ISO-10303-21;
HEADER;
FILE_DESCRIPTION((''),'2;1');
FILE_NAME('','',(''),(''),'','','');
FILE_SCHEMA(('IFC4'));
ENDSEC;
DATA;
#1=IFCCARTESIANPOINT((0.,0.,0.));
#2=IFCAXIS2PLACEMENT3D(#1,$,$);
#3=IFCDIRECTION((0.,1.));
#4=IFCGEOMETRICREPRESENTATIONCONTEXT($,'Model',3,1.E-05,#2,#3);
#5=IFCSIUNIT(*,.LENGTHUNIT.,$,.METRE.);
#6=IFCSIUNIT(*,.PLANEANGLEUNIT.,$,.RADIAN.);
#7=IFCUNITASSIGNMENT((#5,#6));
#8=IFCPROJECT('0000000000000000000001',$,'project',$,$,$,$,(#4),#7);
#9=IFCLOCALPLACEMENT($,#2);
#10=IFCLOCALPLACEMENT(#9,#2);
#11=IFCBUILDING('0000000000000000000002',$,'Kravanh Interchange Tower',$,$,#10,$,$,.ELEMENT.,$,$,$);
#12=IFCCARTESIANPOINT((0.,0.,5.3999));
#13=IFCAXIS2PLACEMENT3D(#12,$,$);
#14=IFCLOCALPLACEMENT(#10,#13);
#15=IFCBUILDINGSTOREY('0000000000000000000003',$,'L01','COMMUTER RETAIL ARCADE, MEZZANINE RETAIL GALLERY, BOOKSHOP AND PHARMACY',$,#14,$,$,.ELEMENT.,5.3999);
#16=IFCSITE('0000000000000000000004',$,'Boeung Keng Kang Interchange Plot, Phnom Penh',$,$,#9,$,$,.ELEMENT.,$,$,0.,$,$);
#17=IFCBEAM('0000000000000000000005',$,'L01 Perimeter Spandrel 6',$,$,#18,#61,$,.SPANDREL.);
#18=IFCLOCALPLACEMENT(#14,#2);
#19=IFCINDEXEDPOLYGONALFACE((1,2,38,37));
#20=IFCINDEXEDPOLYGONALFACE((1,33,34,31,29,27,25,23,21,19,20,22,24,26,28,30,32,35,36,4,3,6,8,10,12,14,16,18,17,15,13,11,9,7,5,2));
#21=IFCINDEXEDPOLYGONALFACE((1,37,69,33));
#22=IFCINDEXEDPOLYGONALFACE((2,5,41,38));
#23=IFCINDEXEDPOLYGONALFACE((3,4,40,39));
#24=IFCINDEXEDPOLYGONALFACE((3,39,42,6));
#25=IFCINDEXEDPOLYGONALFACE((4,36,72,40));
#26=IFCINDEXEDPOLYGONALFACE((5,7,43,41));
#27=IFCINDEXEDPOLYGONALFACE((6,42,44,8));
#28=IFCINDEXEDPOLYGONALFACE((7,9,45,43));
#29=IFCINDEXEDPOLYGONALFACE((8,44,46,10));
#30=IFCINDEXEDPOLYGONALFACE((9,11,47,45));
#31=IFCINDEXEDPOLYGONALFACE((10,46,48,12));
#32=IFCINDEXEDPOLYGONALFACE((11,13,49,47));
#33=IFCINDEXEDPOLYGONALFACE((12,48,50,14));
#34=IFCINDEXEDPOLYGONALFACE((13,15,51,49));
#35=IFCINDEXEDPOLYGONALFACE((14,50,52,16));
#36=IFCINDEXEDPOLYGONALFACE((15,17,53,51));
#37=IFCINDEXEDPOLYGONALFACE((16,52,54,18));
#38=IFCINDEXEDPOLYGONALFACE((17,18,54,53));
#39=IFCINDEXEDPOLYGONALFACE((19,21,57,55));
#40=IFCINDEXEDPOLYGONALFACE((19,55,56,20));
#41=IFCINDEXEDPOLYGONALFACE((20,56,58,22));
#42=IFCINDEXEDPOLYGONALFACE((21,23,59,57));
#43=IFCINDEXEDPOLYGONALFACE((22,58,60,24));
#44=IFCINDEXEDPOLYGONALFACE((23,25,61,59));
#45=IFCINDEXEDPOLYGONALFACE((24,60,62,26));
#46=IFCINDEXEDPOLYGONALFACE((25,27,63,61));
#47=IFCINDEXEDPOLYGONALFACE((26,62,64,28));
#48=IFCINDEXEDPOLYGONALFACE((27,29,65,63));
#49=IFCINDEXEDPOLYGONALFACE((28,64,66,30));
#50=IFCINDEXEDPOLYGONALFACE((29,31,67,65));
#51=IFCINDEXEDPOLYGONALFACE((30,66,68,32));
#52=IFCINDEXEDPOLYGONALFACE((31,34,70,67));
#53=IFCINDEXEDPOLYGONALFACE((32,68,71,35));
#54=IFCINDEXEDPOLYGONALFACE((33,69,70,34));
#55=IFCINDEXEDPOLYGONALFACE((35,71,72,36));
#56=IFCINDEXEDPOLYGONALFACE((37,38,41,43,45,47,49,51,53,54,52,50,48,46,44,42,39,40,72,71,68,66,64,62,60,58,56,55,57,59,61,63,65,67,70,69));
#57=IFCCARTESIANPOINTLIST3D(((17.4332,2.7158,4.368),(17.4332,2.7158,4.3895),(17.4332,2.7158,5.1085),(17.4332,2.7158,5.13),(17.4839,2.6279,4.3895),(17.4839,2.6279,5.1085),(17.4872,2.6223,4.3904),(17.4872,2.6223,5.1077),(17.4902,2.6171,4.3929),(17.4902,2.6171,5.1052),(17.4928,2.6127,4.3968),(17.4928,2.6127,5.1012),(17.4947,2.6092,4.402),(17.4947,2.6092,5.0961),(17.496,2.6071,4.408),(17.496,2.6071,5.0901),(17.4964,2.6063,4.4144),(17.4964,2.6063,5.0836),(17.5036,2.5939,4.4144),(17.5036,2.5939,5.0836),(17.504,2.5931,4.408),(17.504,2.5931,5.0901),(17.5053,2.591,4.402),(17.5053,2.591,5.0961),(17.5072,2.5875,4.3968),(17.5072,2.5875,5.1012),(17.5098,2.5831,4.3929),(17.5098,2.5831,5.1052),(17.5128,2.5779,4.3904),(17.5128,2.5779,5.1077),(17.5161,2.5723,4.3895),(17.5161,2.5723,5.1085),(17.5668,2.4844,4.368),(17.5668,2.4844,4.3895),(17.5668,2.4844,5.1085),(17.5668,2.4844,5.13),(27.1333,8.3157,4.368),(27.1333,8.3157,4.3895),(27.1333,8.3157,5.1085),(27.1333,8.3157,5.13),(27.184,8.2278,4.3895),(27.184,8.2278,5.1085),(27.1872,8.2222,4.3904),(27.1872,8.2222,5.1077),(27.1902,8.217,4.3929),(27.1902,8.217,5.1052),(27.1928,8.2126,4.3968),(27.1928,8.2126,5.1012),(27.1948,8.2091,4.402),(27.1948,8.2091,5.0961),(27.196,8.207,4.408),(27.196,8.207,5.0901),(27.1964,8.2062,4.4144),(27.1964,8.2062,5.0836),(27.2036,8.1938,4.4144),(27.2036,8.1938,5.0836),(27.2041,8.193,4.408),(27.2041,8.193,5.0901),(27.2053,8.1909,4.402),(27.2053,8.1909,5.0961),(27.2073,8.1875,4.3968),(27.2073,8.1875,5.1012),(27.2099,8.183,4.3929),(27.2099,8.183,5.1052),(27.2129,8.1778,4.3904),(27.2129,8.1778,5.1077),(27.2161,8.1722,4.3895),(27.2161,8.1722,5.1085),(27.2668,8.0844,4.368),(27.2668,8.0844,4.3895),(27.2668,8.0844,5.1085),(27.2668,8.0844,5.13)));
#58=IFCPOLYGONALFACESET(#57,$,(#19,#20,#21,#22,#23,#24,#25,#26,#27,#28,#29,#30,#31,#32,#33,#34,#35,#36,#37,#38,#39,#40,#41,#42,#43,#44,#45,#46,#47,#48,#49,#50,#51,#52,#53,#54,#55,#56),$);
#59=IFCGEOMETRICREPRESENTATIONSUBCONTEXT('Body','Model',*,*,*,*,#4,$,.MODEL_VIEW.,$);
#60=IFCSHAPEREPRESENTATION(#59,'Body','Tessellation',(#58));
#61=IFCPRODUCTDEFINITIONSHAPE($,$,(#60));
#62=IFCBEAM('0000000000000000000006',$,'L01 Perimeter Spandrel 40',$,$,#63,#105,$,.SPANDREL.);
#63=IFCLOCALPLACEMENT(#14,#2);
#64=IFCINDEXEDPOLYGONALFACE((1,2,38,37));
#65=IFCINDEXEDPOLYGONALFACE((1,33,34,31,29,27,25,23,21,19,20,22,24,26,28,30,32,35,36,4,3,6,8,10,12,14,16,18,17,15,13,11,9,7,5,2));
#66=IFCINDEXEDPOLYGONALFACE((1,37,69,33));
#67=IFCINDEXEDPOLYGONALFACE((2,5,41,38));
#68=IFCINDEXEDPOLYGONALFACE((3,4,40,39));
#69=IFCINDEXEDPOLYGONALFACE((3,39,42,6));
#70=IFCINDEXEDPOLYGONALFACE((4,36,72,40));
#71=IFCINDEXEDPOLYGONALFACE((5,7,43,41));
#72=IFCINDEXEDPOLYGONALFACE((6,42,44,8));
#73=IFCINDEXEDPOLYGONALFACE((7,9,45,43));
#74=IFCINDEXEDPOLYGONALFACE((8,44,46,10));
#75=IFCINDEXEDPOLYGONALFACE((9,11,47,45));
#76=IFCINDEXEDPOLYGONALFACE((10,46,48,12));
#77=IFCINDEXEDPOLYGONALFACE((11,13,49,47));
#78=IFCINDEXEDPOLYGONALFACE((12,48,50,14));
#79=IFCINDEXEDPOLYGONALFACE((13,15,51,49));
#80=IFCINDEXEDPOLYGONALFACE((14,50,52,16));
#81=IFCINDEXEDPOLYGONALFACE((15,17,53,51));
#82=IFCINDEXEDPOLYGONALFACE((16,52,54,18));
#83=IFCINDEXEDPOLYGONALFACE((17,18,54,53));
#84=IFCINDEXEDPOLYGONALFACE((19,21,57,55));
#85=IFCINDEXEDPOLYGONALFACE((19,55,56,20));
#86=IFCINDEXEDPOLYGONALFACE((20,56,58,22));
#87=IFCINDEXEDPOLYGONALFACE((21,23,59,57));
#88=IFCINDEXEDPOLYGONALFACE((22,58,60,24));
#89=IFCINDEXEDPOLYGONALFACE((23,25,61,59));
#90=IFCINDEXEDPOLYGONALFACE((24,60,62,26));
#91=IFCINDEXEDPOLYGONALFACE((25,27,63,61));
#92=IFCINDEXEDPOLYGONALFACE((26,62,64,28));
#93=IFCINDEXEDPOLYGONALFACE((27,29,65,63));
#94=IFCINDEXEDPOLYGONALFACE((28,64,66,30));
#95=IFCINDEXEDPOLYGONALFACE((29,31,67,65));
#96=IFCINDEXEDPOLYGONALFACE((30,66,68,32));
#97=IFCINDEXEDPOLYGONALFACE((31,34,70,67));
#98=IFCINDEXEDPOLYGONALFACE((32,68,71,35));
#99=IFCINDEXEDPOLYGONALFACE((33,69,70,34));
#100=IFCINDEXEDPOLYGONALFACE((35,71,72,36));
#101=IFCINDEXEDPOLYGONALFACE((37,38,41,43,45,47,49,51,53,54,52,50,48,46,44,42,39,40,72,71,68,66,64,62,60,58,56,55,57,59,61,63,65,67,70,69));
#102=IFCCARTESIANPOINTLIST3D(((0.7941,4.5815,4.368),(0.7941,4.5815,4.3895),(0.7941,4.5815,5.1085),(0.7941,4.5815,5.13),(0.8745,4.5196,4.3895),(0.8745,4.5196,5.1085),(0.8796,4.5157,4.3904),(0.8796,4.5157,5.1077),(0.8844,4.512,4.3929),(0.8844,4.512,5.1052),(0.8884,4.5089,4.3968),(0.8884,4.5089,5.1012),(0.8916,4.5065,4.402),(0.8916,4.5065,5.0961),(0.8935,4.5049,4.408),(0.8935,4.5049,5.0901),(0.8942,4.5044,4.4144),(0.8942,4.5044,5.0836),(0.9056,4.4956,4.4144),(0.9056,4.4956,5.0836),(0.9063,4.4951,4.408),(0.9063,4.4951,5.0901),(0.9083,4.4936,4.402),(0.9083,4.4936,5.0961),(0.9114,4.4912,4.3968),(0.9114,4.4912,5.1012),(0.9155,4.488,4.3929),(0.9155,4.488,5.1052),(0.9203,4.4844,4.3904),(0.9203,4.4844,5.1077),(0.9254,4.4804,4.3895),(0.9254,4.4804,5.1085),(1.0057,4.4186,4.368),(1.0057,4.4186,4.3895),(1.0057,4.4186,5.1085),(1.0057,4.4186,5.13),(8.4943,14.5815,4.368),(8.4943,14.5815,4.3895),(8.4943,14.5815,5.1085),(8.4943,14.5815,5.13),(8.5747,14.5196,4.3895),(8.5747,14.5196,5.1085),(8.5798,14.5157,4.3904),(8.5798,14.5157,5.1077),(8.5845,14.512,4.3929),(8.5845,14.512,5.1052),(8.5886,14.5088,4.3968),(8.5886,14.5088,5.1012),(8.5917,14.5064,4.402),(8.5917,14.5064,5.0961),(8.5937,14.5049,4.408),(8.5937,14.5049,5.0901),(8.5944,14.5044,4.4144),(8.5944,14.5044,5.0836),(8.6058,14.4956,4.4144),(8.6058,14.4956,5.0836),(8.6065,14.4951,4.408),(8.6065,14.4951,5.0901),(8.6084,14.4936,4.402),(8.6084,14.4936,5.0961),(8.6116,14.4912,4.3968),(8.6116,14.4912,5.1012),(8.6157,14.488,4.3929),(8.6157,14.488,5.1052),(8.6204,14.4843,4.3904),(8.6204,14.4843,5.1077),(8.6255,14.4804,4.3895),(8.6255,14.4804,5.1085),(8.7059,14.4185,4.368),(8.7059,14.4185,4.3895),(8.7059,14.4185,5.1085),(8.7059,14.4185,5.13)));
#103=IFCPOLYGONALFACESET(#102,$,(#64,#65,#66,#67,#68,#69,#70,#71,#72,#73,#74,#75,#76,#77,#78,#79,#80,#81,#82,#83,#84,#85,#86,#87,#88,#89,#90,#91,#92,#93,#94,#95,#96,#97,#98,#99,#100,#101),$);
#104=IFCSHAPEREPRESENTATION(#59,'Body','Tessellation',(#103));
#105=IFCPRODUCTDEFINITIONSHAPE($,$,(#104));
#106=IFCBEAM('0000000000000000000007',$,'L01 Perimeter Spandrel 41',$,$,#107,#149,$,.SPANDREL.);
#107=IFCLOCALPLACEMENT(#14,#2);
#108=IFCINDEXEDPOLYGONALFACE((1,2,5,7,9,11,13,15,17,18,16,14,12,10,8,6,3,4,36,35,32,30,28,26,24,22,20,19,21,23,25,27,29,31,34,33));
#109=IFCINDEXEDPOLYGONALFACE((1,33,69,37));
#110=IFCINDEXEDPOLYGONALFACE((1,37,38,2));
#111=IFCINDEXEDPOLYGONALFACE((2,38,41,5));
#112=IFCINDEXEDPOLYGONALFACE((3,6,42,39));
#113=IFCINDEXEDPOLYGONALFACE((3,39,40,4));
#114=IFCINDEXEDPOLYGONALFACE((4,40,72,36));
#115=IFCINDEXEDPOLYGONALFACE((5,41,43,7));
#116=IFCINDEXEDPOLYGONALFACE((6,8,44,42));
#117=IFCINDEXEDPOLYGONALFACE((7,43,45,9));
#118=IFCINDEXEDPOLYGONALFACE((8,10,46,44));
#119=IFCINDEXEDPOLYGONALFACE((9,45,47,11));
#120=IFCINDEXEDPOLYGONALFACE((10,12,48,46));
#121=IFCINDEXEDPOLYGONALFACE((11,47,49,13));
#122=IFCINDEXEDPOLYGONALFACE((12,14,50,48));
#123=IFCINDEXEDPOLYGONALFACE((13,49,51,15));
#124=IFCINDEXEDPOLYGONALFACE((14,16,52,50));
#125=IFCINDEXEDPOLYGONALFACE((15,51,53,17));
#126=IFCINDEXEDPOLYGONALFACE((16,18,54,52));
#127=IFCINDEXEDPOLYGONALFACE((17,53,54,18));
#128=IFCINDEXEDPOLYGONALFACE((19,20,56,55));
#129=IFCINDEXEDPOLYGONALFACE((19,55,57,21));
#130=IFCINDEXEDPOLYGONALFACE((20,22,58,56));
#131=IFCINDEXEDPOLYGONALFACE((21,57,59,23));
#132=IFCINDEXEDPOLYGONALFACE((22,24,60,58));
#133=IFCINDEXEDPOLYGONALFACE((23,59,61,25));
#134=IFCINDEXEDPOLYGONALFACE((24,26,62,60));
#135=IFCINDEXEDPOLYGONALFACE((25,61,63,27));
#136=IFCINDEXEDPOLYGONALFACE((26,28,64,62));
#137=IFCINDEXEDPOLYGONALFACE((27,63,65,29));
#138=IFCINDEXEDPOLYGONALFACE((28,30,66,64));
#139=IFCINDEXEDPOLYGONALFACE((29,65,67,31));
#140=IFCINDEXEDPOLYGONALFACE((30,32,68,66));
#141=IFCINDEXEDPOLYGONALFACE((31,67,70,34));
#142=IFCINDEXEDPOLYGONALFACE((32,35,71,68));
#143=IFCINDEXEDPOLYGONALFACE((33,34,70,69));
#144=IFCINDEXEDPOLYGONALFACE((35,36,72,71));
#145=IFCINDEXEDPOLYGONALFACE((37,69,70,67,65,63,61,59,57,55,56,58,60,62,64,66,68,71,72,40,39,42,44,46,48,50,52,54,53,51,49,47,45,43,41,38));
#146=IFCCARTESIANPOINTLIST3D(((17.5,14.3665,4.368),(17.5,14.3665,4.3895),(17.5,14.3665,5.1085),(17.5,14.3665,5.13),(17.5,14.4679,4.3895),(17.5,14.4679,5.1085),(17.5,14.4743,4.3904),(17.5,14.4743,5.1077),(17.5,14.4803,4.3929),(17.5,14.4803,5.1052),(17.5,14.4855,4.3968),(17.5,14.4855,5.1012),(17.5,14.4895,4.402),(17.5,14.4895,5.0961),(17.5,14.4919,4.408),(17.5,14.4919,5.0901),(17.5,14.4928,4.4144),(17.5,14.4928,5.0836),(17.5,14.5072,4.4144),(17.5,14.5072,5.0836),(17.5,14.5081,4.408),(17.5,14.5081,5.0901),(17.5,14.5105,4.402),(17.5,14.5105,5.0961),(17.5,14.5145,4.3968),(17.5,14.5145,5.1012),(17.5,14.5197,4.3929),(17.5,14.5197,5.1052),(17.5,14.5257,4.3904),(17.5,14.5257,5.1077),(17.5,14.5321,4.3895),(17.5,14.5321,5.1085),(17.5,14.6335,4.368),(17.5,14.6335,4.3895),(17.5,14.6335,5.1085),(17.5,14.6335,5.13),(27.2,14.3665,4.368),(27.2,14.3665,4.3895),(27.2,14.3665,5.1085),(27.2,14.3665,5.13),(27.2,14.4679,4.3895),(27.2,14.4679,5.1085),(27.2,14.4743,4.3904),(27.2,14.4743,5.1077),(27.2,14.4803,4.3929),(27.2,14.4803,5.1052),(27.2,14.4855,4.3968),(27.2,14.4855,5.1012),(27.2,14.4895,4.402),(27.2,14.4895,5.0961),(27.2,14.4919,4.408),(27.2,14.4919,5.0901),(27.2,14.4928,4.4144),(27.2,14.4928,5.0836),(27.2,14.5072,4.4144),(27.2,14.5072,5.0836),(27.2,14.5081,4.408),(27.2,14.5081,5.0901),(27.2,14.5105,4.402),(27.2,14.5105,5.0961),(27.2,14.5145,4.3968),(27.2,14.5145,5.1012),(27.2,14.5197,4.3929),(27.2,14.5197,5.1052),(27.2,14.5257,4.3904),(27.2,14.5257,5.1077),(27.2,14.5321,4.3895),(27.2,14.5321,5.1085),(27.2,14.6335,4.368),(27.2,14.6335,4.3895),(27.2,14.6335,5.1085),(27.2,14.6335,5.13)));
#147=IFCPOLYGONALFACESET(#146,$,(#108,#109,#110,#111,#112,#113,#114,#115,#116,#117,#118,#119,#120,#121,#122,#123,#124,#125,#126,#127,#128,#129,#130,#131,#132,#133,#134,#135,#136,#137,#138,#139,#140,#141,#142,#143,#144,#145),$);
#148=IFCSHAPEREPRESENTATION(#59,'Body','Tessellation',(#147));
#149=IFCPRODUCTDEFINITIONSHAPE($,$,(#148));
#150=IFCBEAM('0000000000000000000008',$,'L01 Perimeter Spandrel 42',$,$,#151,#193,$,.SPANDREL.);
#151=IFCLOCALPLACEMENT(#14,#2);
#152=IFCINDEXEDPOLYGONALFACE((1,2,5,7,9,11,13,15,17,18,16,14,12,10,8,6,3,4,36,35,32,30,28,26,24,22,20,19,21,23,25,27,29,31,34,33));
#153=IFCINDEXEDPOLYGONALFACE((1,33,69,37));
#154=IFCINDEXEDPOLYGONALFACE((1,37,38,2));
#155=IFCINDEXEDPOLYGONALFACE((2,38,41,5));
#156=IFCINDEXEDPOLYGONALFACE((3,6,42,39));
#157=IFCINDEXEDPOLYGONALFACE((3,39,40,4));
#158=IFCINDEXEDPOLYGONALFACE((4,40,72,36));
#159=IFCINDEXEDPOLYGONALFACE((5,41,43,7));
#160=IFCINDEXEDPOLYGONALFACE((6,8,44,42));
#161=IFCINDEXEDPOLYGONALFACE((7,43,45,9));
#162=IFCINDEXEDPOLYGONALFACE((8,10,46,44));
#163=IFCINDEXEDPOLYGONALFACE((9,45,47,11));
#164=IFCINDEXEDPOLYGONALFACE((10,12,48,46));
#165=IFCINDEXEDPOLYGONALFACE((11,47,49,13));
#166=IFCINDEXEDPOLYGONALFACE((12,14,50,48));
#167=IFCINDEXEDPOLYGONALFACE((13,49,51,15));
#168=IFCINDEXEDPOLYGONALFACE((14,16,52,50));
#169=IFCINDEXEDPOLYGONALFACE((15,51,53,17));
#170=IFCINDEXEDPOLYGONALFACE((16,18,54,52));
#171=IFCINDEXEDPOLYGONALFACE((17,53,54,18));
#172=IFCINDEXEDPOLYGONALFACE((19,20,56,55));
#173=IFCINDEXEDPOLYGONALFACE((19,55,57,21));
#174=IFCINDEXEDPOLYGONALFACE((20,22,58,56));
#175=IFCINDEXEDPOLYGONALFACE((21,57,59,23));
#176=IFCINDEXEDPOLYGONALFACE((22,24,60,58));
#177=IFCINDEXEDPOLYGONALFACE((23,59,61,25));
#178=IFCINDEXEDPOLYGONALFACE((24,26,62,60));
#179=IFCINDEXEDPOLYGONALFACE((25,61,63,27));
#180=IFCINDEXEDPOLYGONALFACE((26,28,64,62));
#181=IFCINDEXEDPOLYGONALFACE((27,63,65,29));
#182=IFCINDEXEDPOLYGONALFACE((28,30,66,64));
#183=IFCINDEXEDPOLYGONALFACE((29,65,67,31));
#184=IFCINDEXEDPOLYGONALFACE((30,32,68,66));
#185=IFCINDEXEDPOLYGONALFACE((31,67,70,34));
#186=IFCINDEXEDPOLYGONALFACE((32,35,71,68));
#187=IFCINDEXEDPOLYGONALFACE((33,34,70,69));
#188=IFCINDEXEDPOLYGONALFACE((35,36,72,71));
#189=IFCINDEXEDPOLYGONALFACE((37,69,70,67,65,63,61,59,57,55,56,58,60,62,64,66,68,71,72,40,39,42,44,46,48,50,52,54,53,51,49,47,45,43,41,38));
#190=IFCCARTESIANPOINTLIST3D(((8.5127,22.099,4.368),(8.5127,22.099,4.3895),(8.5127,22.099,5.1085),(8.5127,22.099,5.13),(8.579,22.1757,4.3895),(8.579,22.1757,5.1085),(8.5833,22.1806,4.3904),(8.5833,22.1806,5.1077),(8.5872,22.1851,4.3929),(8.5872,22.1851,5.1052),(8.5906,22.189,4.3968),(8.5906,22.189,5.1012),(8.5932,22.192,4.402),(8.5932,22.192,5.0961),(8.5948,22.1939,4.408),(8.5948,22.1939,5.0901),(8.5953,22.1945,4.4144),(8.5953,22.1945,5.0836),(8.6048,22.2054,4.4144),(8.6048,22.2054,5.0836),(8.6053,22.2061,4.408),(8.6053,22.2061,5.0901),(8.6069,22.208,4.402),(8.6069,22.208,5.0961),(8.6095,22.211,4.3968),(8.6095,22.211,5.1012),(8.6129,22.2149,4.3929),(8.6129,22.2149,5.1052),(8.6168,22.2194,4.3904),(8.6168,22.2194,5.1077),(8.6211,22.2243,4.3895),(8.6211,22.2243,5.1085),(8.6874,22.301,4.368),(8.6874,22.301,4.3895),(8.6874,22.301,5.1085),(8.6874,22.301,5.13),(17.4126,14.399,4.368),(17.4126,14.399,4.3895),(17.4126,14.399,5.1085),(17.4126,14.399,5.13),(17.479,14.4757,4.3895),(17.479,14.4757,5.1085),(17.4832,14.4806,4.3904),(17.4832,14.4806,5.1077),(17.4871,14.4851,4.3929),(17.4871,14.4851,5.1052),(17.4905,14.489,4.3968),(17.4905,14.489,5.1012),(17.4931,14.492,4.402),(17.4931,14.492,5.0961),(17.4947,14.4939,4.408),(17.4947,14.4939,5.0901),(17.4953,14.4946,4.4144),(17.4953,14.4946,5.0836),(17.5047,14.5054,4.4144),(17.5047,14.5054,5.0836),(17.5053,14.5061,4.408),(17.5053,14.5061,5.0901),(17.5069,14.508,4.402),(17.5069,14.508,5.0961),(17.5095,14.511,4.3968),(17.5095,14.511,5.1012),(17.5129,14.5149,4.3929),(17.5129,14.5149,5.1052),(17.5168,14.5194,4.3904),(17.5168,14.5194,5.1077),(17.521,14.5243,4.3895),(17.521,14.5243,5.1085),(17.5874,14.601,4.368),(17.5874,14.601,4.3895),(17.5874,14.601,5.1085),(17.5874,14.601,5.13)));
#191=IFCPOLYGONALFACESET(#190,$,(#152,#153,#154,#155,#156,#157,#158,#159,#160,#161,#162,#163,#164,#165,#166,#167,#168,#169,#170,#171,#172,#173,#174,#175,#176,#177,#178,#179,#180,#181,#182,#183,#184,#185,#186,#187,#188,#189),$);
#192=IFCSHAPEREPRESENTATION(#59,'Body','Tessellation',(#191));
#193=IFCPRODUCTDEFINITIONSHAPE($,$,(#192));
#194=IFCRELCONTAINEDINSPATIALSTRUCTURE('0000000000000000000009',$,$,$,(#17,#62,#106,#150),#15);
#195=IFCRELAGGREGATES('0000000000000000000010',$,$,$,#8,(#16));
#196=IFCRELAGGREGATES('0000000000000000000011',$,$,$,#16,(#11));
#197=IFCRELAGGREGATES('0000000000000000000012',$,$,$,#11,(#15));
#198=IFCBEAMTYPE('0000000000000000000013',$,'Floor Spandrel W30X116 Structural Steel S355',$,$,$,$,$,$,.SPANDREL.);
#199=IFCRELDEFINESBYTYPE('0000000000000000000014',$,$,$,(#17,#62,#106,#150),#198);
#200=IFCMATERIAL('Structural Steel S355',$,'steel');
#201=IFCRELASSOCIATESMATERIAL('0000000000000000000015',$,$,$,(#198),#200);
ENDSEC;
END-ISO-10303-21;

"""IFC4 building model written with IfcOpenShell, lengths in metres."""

from ifc_helpers import new_model, si_unit, direction, frame, origin, origin_2d, place, context, subcontext, project, spatial, i_section, extrude, material, material_profile, profile_set, type_object, element, save


model = new_model("IFC4")

# Units and contexts
model_context = context("Model", 3, precision=1e-05, world=origin(), true_north=direction((0.0, 1.0)))
body_context = subcontext(model_context, "Body", "Model", "MODEL_VIEW")
ifc_project = project(units=[si_unit("LENGTHUNIT", "METRE"), si_unit("PLANEANGLEUNIT", "RADIAN")], contexts=[model_context])

# Site, building, storey
site_placement = place(None, origin())
site = spatial("IfcSite", under=ifc_project, at=site_placement, Name="Boeung Keng Kang Interchange Plot, Phnom Penh", CompositionType="ELEMENT", RefElevation=0.0)
building_placement = place(site_placement, origin())
building = spatial("IfcBuilding", under=site, at=building_placement, Name="Kravanh Interchange Tower", CompositionType="ELEMENT")
storey_placement = place(building_placement, frame((0.0, 0.0, 5.3999)))
storey = spatial("IfcBuildingStorey", under=building, at=storey_placement, Name="L01", Description="COMMUTER RETAIL ARCADE, MEZZANINE RETAIL GALLERY, BOOKSHOP AND PHARMACY", CompositionType="ELEMENT", Elevation=5.3999)

# Beams
ifc_material_1 = material(Name="Structural Steel S355", Category="steel")
ifc_material_profile_1 = material_profile(ifc_material_1, i_section(OverallWidth=0.2671, OverallDepth=0.762, WebThickness=0.0144, FlangeThickness=0.0215, FilletRadius=0.0249, at=origin_2d()), Name="W30X116")
ifc_profile_set_1 = profile_set([ifc_material_profile_1], Name="Structural Steel S355")
beam_type_1 = type_object("IfcBeamType", Name="Floor Spandrel W30X116 Structural Steel S355", PredefinedType="SPANDREL", material=ifc_profile_set_1)
beam_1_placement = place(storey_placement, frame((17.5, 2.6001, 4.749), z_axis=(0.866041, 0.499972, 0.0), x_axis=(-0.499972, 0.866041, 0.0)))
element("IfcBeam", 1, at=beam_1_placement, inside=storey, type_object=beam_type_1, Name="L01 Perimeter Spandrel 6", PredefinedType="SPANDREL", context=body_context, shape_type="SweptSolid", body=[
    extrude(i_section(OverallWidth=0.2671, OverallDepth=0.762, WebThickness=0.0144, FlangeThickness=0.0215, FilletRadius=0.0249, at=origin_2d()), origin(), (0.0, 0.0, 1.0), 11.2004),
])
beam_2_placement = place(storey_placement, frame((8.6001, 14.5, 4.749), z_axis=(-0.610103, -0.792322, 0.0), x_axis=(0.792322, -0.610103, 0.0)))
element("IfcBeam", 2, at=beam_2_placement, inside=storey, type_object=beam_type_1, Name="L01 Perimeter Spandrel 40", PredefinedType="SPANDREL", context=body_context, shape_type="SweptSolid", body=[
    extrude(i_section(OverallWidth=0.2671, OverallDepth=0.762, WebThickness=0.0144, FlangeThickness=0.0215, FilletRadius=0.0249, at=origin_2d()), origin(), (0.0, 0.0, 1.0), 12.6211),
])
beam_3_placement = place(storey_placement, frame((17.5, 14.5, 4.749), z_axis=(1.0, 0.0, 0.0), x_axis=(0.0, 1.0, 0.0)))
element("IfcBeam", 3, at=beam_3_placement, inside=storey, type_object=beam_type_1, Name="L01 Perimeter Spandrel 41", PredefinedType="SPANDREL", context=body_context, shape_type="SweptSolid", body=[
    extrude(i_section(OverallWidth=0.2671, OverallDepth=0.762, WebThickness=0.0144, FlangeThickness=0.0215, FilletRadius=0.0249, at=origin_2d()), origin(), (0.0, 0.0, 1.0), 9.7),
])
beam_4_placement = place(storey_placement, frame((17.5, 14.5, 4.749), z_axis=(-0.756248, 0.654285, 0.0), x_axis=(-0.654285, -0.756248, 0.0)))
element("IfcBeam", 4, at=beam_4_placement, inside=storey, type_object=beam_type_1, Name="L01 Perimeter Spandrel 42", PredefinedType="SPANDREL", context=body_context, shape_type="SweptSolid", body=[
    extrude(i_section(OverallWidth=0.2671, OverallDepth=0.762, WebThickness=0.0144, FlangeThickness=0.0215, FilletRadius=0.0249, at=origin_2d()), origin(), (0.0, 0.0, 1.0), 11.7686),
])

save(model, "model.ifc")
